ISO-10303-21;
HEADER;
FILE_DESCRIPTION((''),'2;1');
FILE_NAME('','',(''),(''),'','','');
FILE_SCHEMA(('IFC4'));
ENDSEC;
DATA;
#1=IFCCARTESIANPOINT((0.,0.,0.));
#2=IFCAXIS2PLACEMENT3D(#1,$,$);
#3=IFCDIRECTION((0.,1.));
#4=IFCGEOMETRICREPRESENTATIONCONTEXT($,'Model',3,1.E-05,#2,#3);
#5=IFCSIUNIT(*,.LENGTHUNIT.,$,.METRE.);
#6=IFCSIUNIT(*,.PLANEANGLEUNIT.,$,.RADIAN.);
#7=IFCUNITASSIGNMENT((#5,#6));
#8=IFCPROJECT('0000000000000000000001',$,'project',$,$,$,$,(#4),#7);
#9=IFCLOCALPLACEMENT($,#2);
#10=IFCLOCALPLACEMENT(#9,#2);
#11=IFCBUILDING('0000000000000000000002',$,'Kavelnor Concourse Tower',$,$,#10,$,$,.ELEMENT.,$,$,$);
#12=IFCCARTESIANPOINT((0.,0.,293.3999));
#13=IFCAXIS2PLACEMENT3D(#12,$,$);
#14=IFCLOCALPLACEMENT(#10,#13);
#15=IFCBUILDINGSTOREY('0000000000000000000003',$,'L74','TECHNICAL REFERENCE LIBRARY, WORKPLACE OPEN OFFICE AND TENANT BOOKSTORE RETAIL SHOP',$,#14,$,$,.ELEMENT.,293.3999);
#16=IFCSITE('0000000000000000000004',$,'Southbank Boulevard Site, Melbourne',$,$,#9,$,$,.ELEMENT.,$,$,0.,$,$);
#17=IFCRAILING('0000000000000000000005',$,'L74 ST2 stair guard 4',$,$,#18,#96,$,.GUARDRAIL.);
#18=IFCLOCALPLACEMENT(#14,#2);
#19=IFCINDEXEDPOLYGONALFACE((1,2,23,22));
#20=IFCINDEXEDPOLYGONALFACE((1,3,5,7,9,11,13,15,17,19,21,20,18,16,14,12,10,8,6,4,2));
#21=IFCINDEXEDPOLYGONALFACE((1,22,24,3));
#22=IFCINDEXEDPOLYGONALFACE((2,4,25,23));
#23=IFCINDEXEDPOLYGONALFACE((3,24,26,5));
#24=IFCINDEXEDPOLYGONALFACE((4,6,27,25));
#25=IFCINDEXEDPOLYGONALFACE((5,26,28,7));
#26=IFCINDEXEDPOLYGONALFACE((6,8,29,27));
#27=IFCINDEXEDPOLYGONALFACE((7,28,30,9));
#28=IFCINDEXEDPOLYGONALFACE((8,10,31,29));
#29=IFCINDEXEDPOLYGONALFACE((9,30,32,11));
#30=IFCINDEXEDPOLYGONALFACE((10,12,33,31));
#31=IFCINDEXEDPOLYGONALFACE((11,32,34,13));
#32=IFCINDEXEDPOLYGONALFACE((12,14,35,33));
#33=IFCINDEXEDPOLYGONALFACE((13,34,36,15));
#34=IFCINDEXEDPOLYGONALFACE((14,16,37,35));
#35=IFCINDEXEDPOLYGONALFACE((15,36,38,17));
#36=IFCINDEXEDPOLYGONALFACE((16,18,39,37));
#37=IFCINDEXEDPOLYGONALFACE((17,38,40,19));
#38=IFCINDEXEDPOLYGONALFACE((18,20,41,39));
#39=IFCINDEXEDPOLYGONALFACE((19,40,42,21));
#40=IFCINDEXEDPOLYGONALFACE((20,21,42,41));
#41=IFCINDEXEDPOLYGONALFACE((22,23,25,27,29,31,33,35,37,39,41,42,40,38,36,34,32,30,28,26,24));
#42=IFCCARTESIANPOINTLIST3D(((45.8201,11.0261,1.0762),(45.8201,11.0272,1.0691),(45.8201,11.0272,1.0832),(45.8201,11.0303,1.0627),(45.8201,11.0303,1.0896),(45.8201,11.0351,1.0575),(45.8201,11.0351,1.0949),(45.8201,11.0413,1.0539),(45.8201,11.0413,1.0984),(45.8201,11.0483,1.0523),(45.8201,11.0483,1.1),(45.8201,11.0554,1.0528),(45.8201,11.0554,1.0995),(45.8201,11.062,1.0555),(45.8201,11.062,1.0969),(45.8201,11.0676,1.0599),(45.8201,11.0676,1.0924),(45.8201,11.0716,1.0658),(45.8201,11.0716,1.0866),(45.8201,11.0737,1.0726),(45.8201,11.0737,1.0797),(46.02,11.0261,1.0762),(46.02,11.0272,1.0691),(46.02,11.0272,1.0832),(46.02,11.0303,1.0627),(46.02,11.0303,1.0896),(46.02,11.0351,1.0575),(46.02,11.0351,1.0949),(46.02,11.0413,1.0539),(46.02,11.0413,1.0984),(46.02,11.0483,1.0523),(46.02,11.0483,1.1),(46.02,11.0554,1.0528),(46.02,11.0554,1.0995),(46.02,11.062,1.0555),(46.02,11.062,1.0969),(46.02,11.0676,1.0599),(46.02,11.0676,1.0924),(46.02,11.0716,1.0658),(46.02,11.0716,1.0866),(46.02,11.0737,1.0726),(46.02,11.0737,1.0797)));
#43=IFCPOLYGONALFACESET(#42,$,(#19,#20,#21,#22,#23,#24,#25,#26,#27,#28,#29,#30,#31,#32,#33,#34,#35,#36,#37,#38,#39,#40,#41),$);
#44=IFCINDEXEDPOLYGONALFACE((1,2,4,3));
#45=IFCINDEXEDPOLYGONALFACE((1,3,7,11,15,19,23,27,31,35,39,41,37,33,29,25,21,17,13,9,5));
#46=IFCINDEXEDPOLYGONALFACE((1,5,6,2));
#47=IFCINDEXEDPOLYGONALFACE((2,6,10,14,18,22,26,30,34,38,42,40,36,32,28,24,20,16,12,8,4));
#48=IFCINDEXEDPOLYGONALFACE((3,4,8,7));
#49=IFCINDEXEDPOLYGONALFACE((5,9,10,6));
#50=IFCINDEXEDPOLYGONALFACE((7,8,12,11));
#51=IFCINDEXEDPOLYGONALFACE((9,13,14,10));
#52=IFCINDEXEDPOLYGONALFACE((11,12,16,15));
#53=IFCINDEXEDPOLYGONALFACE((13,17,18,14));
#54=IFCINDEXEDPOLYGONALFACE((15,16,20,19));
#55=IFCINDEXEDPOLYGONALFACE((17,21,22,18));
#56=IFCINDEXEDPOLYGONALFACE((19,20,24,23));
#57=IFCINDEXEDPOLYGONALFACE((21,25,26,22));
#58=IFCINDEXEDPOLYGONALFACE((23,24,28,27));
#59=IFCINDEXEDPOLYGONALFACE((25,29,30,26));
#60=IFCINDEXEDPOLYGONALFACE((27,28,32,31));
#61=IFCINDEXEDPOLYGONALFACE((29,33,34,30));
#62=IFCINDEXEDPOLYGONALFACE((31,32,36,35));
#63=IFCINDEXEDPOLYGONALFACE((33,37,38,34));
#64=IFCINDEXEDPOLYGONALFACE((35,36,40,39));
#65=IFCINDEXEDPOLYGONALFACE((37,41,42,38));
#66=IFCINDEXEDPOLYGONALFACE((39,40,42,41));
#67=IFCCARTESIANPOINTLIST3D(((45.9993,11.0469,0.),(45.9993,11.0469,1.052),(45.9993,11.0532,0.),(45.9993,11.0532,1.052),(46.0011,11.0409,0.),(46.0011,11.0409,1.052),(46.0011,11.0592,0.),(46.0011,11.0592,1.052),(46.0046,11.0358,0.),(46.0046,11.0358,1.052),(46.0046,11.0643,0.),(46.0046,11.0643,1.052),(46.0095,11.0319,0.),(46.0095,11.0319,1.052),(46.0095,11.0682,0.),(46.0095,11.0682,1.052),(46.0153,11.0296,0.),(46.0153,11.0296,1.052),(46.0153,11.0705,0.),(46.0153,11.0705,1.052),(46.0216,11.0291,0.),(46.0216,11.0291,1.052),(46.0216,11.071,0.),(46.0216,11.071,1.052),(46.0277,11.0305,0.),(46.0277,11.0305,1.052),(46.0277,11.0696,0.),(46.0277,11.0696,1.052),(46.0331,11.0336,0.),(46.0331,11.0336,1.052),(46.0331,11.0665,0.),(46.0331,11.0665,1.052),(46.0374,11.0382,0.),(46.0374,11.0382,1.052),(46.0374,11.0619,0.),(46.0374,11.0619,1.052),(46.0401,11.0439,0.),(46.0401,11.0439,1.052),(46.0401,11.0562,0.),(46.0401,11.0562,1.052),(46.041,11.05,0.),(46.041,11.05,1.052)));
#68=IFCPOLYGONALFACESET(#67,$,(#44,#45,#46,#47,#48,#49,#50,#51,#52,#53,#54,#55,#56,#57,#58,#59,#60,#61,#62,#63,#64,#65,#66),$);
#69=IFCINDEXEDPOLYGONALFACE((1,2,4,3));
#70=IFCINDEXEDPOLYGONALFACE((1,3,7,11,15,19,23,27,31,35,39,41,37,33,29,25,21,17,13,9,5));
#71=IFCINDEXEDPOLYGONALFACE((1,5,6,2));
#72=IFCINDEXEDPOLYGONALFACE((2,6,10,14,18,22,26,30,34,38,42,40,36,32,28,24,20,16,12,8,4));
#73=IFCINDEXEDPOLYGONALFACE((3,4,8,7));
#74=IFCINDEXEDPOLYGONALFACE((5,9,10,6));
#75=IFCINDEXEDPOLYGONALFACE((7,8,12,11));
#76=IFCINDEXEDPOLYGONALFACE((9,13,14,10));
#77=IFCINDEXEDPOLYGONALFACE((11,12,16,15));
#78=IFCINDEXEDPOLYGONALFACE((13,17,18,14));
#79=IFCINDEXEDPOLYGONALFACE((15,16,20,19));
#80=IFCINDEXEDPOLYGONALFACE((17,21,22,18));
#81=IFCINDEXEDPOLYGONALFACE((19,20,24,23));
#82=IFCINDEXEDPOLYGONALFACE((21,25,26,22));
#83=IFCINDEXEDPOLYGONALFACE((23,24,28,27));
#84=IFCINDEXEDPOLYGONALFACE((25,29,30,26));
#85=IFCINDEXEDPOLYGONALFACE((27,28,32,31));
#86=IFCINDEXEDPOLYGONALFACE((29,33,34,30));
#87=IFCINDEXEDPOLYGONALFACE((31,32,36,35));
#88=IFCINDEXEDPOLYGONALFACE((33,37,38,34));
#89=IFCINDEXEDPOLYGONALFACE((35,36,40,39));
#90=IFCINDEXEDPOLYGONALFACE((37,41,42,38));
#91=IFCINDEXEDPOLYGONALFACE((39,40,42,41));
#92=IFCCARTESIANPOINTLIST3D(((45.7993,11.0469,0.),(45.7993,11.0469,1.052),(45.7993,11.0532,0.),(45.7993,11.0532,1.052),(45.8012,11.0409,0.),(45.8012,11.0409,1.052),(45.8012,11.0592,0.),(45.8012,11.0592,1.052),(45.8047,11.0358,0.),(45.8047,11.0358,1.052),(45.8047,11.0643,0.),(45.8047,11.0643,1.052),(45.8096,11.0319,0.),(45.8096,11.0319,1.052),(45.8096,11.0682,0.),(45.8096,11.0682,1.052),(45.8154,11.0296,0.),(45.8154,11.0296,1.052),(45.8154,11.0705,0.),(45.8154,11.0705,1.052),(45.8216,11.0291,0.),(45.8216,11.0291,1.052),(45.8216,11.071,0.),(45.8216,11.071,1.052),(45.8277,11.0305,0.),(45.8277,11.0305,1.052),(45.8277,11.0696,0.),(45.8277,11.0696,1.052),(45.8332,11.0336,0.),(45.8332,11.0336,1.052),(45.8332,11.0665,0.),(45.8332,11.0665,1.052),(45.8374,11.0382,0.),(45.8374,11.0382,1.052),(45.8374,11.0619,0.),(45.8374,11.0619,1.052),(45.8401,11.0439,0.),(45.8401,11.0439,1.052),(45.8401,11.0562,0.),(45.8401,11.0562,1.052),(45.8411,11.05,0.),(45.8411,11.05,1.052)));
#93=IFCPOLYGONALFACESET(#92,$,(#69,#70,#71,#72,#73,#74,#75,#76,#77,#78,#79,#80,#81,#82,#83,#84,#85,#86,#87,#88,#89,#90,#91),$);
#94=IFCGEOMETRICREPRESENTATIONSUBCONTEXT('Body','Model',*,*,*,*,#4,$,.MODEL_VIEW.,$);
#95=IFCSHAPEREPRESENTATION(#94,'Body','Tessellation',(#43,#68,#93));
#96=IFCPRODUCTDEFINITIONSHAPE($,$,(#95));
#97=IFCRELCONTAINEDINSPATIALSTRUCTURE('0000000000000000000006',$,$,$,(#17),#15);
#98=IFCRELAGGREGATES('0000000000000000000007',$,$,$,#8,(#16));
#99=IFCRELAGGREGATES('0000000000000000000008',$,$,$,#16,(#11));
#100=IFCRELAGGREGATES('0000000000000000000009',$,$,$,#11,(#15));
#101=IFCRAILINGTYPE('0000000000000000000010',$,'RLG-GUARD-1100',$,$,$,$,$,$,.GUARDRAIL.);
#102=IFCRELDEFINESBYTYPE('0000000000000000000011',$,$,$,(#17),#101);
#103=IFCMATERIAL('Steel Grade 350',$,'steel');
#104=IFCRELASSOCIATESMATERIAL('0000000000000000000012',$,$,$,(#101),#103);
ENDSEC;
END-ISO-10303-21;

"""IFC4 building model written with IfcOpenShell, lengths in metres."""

from ifc_helpers import new_model, si_unit, direction, frame, origin, origin_2d, place, context, subcontext, project, spatial, circle, extrude, material, type_object, element, save


model = new_model("IFC4")

# Units and contexts
model_context = context("Model", 3, precision=1e-05, world=origin(), true_north=direction((0.0, 1.0)))
body_context = subcontext(model_context, "Body", "Model", "MODEL_VIEW")
ifc_project = project(units=[si_unit("LENGTHUNIT", "METRE"), si_unit("PLANEANGLEUNIT", "RADIAN")], contexts=[model_context])

# Site, building, storey
site_placement = place(None, origin())
site = spatial("IfcSite", under=ifc_project, at=site_placement, Name="Southbank Boulevard Site, Melbourne", CompositionType="ELEMENT", RefElevation=0.0)
building_placement = place(site_placement, origin())
building = spatial("IfcBuilding", under=site, at=building_placement, Name="Kavelnor Concourse Tower", CompositionType="ELEMENT")
storey_placement = place(building_placement, frame((0.0, 0.0, 293.3999)))
storey = spatial("IfcBuildingStorey", under=building, at=storey_placement, Name="L74", Description="TECHNICAL REFERENCE LIBRARY, WORKPLACE OPEN OFFICE AND TENANT BOOKSTORE RETAIL SHOP", CompositionType="ELEMENT", Elevation=293.3999)

# Shared definitions
ifc_material_1 = material(Name="Steel Grade 350", Category="steel")

# Railing
railing_type_1 = type_object("IfcRailingType", Name="RLG-GUARD-1100", PredefinedType="GUARDRAIL", material=ifc_material_1)
railing_1_placement = place(storey_placement, frame((46.02, 11.05, 0.0)))
element("IfcRailing", 1, at=railing_1_placement, inside=storey, type_object=railing_type_1, Name="L74 ST2 stair guard 4", PredefinedType="GUARDRAIL", context=body_context, shape_type="SweptSolid", body=[
    extrude(circle(Radius=0.0239, at=origin_2d()), frame((0.0, 0.0, 1.0762), z_axis=(-1.0, 0.0, 0.0), x_axis=(0.0, -1.0, 0.0)), (0.0, 0.0, 1.0), 0.2),
    extrude(circle(Radius=0.021, at=origin_2d()), origin(), (0.0, 0.0, 1.0), 1.052),
    extrude(circle(Radius=0.021, at=origin_2d()), frame((-0.2, 0.0, 0.0)), (0.0, 0.0, 1.0), 1.052),
])

save(model, "model.ifc")
